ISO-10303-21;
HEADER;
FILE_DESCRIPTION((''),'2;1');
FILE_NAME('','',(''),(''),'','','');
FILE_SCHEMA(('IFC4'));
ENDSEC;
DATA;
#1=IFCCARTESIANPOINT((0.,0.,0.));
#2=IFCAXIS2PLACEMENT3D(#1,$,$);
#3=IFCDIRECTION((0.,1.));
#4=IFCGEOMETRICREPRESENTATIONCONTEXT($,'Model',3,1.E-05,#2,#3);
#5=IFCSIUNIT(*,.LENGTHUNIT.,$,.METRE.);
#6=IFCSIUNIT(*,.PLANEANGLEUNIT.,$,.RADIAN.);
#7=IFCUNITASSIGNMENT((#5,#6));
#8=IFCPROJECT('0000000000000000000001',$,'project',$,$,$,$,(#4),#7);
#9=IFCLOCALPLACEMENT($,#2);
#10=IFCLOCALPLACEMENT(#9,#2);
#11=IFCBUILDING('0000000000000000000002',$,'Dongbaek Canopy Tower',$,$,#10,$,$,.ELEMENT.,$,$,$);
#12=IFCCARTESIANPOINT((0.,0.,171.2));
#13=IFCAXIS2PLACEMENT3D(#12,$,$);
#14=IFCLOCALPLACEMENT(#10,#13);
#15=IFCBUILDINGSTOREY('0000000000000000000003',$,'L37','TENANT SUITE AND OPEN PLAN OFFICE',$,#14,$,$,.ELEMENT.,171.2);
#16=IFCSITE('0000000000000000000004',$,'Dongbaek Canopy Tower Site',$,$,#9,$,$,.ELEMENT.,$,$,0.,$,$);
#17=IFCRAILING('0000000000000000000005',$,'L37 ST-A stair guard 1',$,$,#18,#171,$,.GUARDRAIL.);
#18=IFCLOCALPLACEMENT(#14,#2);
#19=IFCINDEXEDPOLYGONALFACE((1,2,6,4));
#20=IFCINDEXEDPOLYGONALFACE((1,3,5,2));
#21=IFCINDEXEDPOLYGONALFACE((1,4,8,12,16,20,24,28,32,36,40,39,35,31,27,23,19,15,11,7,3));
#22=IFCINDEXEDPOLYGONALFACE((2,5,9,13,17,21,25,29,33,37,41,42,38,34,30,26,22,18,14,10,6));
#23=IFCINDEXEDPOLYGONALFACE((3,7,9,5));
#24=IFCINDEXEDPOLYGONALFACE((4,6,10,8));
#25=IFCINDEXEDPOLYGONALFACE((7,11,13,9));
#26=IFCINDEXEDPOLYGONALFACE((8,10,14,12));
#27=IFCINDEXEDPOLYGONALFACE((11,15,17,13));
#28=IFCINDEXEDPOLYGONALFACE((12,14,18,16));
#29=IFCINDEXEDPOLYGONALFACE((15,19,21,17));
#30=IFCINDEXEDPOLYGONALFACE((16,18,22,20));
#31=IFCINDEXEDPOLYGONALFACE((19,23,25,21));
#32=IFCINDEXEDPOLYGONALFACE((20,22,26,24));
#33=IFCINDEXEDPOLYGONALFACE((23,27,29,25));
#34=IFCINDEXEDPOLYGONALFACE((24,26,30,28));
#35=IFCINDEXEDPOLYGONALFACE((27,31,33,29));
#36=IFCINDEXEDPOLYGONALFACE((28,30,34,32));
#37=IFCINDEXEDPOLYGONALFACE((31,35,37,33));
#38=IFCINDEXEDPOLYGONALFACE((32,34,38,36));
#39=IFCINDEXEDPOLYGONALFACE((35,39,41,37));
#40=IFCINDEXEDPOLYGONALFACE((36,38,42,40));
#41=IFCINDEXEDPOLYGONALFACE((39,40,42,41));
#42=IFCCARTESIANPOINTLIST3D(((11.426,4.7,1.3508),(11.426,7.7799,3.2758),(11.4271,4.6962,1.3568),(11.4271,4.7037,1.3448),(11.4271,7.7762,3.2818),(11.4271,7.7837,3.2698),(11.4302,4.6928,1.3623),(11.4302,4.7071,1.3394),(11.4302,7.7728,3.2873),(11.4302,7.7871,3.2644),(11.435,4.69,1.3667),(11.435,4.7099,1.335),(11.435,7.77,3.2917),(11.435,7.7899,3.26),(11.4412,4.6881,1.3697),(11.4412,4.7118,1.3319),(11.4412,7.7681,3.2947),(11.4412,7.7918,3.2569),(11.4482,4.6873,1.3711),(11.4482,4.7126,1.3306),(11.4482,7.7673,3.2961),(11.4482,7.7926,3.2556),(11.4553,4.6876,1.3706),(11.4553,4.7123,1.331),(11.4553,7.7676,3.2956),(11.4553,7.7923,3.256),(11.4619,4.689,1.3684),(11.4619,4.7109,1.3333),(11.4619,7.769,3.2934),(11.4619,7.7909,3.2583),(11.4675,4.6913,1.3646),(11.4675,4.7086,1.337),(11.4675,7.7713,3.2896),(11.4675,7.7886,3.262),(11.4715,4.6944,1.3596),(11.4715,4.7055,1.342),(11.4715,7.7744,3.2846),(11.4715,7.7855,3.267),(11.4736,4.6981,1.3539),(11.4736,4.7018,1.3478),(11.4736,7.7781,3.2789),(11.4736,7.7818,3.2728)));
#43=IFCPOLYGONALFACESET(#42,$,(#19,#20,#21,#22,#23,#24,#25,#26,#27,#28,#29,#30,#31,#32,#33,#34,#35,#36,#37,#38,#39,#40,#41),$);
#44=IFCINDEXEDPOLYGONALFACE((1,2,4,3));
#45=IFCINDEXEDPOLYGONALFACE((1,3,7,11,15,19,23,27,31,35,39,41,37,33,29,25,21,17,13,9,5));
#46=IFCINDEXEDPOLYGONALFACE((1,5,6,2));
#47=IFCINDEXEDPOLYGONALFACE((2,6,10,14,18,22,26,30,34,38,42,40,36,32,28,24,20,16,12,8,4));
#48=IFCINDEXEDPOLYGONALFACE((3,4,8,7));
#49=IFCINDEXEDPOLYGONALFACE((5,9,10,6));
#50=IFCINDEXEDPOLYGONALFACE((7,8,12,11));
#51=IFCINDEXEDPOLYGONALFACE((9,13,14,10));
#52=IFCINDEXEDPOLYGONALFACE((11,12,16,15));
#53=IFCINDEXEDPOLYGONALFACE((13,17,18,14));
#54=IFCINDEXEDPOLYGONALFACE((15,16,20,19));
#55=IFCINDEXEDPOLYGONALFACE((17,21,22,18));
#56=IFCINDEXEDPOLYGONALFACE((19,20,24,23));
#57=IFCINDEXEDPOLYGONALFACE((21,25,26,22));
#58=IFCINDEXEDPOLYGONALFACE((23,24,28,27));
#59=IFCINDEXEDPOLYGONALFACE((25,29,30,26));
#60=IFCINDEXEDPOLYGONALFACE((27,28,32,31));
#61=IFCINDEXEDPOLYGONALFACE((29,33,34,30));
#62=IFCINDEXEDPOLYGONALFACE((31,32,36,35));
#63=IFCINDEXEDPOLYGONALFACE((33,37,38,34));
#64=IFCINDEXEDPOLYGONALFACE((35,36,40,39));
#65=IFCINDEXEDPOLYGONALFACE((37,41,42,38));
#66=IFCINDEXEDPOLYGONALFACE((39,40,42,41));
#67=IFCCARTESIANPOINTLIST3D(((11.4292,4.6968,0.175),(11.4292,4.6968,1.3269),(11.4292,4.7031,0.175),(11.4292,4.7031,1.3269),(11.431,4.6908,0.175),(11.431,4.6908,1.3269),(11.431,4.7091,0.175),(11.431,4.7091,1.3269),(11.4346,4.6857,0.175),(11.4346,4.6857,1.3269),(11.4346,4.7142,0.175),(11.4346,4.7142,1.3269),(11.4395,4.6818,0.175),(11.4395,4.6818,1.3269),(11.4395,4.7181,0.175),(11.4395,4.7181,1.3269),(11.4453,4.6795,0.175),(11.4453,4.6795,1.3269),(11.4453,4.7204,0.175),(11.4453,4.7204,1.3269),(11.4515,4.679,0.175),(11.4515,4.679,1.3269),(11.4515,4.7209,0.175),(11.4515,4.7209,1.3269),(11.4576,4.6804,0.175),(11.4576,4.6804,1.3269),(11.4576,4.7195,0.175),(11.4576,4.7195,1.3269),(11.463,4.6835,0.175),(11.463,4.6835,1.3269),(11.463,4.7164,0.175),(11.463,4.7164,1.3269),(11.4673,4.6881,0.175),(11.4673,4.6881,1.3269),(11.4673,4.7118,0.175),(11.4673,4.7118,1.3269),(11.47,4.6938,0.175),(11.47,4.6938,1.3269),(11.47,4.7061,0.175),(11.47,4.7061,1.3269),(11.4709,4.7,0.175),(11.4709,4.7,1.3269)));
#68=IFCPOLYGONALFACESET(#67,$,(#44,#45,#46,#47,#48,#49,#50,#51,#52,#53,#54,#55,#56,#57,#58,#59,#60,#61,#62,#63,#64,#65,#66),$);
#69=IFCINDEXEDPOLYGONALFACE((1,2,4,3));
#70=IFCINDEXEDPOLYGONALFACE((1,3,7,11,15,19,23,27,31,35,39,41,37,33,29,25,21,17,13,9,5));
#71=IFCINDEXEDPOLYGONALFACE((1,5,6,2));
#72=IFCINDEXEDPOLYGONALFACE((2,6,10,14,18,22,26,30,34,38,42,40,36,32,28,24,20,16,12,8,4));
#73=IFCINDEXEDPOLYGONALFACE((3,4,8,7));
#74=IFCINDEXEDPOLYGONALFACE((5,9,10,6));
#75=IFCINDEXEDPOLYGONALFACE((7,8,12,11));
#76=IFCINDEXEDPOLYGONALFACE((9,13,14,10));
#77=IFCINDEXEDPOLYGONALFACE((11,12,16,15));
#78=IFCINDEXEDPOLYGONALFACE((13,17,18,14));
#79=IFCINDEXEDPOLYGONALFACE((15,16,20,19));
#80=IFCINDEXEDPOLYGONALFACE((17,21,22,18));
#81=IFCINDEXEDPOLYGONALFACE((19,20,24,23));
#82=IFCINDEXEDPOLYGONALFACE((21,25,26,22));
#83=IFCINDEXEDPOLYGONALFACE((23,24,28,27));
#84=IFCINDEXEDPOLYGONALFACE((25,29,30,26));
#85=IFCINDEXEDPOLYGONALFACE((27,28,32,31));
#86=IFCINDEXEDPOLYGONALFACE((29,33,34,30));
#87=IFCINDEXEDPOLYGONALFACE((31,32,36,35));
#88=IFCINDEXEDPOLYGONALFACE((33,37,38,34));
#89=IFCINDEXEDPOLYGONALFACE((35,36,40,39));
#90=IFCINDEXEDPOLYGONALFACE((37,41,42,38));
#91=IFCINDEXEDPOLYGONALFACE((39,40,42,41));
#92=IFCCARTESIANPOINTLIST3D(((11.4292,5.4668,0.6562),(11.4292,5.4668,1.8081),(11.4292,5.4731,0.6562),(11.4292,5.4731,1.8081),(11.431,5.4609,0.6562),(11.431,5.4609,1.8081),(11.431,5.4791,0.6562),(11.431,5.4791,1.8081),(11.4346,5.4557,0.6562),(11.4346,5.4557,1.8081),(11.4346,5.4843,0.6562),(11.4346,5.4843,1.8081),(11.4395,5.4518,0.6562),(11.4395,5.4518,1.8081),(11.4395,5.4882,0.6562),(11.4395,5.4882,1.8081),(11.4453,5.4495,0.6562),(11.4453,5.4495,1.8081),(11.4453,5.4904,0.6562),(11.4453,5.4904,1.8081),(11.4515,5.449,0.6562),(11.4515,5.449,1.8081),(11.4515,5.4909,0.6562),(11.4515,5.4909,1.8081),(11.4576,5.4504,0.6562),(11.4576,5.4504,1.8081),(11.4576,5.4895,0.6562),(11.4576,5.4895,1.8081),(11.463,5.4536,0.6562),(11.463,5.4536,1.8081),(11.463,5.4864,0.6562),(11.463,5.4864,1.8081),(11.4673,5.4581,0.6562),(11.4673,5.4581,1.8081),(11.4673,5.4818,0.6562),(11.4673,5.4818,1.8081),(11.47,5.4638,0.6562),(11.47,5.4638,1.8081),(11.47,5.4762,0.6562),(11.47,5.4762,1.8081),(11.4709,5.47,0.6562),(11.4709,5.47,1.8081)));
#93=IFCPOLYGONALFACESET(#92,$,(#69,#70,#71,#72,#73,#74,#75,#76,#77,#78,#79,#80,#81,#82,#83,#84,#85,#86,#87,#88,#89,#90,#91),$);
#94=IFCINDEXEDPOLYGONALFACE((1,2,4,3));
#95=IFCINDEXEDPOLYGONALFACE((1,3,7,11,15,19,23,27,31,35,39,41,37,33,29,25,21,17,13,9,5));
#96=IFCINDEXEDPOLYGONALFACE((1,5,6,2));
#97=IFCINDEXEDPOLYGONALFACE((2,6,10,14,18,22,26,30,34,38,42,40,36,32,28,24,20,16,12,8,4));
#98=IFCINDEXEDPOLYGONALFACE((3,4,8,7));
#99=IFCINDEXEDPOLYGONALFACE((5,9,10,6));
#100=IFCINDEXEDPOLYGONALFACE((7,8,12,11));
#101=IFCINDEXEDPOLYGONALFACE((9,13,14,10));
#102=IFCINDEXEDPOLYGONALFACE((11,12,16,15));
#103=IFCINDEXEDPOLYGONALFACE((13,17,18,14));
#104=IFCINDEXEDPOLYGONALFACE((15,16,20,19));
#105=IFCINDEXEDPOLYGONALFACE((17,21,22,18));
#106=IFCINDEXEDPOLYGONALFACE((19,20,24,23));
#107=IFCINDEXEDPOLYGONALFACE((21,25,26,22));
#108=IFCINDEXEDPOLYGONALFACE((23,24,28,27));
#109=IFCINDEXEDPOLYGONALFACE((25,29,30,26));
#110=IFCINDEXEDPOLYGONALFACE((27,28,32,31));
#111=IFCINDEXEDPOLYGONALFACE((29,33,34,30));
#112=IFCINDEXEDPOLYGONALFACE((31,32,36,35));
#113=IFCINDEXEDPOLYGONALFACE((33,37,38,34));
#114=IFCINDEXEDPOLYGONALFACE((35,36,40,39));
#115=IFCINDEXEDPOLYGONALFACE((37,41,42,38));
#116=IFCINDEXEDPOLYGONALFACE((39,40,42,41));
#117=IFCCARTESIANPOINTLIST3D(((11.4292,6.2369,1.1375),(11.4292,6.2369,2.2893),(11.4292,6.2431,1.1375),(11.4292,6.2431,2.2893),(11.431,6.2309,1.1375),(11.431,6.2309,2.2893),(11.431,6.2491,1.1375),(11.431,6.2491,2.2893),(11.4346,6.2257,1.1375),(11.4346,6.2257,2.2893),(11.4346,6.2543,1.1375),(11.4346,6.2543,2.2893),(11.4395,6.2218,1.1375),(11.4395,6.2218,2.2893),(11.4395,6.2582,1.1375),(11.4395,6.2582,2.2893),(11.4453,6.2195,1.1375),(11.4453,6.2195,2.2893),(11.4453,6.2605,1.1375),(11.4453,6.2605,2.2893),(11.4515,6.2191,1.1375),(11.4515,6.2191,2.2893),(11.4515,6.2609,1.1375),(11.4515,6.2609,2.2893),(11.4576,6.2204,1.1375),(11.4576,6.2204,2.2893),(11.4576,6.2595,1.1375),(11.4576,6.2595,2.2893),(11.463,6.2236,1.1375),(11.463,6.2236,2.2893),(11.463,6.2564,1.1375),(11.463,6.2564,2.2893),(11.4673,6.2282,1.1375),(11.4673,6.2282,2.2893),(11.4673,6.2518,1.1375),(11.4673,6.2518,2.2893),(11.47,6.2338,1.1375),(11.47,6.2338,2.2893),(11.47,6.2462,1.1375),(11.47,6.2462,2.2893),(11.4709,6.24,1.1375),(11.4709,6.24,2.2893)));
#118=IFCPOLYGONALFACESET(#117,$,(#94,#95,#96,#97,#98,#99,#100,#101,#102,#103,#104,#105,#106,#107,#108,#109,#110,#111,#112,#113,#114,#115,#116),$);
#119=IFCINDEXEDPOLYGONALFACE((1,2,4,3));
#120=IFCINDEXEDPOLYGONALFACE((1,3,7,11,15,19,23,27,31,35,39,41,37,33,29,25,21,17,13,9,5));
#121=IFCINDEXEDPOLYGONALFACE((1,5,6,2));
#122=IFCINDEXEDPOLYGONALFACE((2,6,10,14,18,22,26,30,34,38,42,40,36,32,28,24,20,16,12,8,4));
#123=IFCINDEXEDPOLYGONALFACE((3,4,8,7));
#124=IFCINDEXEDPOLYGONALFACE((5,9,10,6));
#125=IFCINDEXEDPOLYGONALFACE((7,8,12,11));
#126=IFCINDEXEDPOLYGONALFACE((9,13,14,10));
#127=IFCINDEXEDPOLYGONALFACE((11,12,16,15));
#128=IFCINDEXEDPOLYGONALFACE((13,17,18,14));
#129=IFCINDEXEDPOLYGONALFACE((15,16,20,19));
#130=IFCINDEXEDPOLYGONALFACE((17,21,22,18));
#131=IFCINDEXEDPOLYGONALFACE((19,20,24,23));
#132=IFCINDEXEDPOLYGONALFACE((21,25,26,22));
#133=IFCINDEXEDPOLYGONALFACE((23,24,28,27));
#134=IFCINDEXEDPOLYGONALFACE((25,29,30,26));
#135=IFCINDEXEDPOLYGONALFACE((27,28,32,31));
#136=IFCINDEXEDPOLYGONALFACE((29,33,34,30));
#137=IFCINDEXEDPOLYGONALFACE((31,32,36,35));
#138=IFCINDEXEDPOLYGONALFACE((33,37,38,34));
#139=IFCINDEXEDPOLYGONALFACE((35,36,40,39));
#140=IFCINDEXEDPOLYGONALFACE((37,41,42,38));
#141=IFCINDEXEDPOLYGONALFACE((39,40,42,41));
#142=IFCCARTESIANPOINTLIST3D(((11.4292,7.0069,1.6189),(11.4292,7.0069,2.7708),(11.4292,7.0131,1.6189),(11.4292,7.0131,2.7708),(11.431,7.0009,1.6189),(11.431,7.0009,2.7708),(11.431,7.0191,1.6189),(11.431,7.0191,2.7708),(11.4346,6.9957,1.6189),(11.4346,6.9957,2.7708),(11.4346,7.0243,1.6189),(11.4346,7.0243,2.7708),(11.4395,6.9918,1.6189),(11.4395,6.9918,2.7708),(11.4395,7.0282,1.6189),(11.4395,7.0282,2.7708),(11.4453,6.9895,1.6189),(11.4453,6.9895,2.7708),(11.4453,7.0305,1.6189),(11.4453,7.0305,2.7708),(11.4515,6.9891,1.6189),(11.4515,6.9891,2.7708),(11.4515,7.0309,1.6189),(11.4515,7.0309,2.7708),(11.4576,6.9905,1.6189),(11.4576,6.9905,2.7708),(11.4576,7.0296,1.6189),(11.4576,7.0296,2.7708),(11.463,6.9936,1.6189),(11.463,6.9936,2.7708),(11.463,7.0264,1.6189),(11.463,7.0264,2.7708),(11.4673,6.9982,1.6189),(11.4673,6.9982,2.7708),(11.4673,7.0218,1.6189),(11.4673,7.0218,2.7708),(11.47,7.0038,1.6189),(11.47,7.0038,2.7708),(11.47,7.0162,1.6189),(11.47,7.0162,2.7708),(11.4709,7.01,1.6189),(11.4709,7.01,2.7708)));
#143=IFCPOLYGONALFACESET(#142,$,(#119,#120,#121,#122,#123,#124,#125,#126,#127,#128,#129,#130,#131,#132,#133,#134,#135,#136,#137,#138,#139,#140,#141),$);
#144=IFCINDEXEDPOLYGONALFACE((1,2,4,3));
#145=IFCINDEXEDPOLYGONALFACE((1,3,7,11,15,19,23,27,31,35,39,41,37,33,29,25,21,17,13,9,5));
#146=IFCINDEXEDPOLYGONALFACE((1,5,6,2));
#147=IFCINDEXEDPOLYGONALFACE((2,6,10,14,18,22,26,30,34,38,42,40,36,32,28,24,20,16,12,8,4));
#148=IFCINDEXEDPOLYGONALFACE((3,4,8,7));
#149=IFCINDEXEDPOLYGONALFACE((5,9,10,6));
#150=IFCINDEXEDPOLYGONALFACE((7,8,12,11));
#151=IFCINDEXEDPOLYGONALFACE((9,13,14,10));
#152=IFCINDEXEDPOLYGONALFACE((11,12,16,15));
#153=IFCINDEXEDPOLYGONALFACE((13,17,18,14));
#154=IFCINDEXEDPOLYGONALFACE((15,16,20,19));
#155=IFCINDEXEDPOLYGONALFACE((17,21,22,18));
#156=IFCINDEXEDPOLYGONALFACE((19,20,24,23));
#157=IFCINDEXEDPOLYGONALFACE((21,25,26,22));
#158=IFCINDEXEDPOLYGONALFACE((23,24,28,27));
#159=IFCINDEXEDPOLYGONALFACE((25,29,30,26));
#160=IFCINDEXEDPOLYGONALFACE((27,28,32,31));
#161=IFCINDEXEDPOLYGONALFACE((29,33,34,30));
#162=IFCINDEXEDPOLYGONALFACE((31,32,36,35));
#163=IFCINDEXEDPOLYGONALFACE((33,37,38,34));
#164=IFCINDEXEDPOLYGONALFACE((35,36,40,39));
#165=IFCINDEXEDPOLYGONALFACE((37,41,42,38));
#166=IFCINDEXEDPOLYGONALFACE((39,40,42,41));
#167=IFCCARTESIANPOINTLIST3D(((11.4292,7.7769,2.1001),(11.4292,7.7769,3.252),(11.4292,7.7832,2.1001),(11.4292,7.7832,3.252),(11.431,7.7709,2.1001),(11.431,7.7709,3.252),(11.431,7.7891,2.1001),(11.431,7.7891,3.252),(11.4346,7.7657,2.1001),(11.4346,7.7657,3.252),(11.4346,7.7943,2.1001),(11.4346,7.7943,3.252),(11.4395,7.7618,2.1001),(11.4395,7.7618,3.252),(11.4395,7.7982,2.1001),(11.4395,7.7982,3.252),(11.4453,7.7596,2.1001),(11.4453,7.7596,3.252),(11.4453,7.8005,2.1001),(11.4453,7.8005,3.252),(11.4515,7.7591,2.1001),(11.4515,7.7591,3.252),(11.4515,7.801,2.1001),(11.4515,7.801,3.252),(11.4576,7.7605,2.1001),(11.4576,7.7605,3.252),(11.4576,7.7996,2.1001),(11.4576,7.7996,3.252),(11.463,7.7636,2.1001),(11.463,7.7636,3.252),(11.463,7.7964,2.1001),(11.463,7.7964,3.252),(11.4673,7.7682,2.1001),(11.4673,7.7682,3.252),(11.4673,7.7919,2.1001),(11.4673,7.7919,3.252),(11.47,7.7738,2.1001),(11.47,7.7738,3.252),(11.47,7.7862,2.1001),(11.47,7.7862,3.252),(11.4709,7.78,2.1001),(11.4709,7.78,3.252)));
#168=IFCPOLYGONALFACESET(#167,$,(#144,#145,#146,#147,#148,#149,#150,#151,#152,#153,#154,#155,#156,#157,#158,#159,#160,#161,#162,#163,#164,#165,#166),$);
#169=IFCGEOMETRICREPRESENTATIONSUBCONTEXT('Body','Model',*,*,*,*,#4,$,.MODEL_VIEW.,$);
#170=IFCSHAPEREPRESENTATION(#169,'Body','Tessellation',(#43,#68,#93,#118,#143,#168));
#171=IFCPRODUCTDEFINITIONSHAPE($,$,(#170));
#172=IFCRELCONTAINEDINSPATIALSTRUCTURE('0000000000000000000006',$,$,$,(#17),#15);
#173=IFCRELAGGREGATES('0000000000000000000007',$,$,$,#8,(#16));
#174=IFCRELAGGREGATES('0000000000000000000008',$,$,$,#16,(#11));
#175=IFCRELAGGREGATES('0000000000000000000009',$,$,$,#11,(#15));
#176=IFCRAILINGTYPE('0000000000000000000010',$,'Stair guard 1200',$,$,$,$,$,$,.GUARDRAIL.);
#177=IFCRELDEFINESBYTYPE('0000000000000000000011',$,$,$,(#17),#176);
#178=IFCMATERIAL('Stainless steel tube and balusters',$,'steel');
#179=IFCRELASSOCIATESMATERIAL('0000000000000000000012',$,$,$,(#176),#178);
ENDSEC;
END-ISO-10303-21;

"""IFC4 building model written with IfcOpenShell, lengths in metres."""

from ifc_helpers import new_model, si_unit, direction, frame, origin, origin_2d, place, context, subcontext, project, spatial, circle, extrude, material, type_object, element, save


model = new_model("IFC4")

# Units and contexts
model_context = context("Model", 3, precision=1e-05, world=origin(), true_north=direction((0.0, 1.0)))
body_context = subcontext(model_context, "Body", "Model", "MODEL_VIEW")
ifc_project = project(units=[si_unit("LENGTHUNIT", "METRE"), si_unit("PLANEANGLEUNIT", "RADIAN")], contexts=[model_context])

# Site, building, storey
site_placement = place(None, origin())
site = spatial("IfcSite", under=ifc_project, at=site_placement, Name="Dongbaek Canopy Tower Site", CompositionType="ELEMENT", RefElevation=0.0)
building_placement = place(site_placement, origin())
building = spatial("IfcBuilding", under=site, at=building_placement, Name="Dongbaek Canopy Tower", CompositionType="ELEMENT")
storey_placement = place(building_placement, frame((0.0, 0.0, 171.2)))
storey = spatial("IfcBuildingStorey", under=building, at=storey_placement, Name="L37", Description="TENANT SUITE AND OPEN PLAN OFFICE", CompositionType="ELEMENT", Elevation=171.2)

# Railing
ifc_material_1 = material(Name="Stainless steel tube and balusters", Category="steel")
railing_type_1 = type_object("IfcRailingType", Name="Stair guard 1200", PredefinedType="GUARDRAIL", material=ifc_material_1)
railing_1_placement = place(storey_placement, frame((11.45, 4.7, 0.175)))
element("IfcRailing", 1, at=railing_1_placement, inside=storey, type_object=railing_type_1, Name="L37 ST-A stair guard 1", PredefinedType="GUARDRAIL", context=body_context, shape_type="SweptSolid", body=[
    extrude(circle(Radius=0.0239, at=origin_2d()), frame((0.0, 0.0, 1.1758), z_axis=(0.0, 0.847998, 0.529999), x_axis=(-1.0, 0.0, 0.0)), (0.0, 0.0, 1.0), 3.6321),
    extrude(circle(Radius=0.021, at=origin_2d()), origin(), (0.0, 0.0, 1.0), 1.1519),
    extrude(circle(Radius=0.021, at=origin_2d()), frame((0.0, 0.77, 0.4812)), (0.0, 0.0, 1.0), 1.1519),
    extrude(circle(Radius=0.021, at=origin_2d()), frame((0.0, 1.54, 0.9624)), (0.0, 0.0, 1.0), 1.1519),
    extrude(circle(Radius=0.021, at=origin_2d()), frame((0.0, 2.3101, 1.4438)), (0.0, 0.0, 1.0), 1.1519),
    extrude(circle(Radius=0.021, at=origin_2d()), frame((0.0, 3.0801, 1.925)), (0.0, 0.0, 1.0), 1.1519),
])

save(model, "model.ifc")
